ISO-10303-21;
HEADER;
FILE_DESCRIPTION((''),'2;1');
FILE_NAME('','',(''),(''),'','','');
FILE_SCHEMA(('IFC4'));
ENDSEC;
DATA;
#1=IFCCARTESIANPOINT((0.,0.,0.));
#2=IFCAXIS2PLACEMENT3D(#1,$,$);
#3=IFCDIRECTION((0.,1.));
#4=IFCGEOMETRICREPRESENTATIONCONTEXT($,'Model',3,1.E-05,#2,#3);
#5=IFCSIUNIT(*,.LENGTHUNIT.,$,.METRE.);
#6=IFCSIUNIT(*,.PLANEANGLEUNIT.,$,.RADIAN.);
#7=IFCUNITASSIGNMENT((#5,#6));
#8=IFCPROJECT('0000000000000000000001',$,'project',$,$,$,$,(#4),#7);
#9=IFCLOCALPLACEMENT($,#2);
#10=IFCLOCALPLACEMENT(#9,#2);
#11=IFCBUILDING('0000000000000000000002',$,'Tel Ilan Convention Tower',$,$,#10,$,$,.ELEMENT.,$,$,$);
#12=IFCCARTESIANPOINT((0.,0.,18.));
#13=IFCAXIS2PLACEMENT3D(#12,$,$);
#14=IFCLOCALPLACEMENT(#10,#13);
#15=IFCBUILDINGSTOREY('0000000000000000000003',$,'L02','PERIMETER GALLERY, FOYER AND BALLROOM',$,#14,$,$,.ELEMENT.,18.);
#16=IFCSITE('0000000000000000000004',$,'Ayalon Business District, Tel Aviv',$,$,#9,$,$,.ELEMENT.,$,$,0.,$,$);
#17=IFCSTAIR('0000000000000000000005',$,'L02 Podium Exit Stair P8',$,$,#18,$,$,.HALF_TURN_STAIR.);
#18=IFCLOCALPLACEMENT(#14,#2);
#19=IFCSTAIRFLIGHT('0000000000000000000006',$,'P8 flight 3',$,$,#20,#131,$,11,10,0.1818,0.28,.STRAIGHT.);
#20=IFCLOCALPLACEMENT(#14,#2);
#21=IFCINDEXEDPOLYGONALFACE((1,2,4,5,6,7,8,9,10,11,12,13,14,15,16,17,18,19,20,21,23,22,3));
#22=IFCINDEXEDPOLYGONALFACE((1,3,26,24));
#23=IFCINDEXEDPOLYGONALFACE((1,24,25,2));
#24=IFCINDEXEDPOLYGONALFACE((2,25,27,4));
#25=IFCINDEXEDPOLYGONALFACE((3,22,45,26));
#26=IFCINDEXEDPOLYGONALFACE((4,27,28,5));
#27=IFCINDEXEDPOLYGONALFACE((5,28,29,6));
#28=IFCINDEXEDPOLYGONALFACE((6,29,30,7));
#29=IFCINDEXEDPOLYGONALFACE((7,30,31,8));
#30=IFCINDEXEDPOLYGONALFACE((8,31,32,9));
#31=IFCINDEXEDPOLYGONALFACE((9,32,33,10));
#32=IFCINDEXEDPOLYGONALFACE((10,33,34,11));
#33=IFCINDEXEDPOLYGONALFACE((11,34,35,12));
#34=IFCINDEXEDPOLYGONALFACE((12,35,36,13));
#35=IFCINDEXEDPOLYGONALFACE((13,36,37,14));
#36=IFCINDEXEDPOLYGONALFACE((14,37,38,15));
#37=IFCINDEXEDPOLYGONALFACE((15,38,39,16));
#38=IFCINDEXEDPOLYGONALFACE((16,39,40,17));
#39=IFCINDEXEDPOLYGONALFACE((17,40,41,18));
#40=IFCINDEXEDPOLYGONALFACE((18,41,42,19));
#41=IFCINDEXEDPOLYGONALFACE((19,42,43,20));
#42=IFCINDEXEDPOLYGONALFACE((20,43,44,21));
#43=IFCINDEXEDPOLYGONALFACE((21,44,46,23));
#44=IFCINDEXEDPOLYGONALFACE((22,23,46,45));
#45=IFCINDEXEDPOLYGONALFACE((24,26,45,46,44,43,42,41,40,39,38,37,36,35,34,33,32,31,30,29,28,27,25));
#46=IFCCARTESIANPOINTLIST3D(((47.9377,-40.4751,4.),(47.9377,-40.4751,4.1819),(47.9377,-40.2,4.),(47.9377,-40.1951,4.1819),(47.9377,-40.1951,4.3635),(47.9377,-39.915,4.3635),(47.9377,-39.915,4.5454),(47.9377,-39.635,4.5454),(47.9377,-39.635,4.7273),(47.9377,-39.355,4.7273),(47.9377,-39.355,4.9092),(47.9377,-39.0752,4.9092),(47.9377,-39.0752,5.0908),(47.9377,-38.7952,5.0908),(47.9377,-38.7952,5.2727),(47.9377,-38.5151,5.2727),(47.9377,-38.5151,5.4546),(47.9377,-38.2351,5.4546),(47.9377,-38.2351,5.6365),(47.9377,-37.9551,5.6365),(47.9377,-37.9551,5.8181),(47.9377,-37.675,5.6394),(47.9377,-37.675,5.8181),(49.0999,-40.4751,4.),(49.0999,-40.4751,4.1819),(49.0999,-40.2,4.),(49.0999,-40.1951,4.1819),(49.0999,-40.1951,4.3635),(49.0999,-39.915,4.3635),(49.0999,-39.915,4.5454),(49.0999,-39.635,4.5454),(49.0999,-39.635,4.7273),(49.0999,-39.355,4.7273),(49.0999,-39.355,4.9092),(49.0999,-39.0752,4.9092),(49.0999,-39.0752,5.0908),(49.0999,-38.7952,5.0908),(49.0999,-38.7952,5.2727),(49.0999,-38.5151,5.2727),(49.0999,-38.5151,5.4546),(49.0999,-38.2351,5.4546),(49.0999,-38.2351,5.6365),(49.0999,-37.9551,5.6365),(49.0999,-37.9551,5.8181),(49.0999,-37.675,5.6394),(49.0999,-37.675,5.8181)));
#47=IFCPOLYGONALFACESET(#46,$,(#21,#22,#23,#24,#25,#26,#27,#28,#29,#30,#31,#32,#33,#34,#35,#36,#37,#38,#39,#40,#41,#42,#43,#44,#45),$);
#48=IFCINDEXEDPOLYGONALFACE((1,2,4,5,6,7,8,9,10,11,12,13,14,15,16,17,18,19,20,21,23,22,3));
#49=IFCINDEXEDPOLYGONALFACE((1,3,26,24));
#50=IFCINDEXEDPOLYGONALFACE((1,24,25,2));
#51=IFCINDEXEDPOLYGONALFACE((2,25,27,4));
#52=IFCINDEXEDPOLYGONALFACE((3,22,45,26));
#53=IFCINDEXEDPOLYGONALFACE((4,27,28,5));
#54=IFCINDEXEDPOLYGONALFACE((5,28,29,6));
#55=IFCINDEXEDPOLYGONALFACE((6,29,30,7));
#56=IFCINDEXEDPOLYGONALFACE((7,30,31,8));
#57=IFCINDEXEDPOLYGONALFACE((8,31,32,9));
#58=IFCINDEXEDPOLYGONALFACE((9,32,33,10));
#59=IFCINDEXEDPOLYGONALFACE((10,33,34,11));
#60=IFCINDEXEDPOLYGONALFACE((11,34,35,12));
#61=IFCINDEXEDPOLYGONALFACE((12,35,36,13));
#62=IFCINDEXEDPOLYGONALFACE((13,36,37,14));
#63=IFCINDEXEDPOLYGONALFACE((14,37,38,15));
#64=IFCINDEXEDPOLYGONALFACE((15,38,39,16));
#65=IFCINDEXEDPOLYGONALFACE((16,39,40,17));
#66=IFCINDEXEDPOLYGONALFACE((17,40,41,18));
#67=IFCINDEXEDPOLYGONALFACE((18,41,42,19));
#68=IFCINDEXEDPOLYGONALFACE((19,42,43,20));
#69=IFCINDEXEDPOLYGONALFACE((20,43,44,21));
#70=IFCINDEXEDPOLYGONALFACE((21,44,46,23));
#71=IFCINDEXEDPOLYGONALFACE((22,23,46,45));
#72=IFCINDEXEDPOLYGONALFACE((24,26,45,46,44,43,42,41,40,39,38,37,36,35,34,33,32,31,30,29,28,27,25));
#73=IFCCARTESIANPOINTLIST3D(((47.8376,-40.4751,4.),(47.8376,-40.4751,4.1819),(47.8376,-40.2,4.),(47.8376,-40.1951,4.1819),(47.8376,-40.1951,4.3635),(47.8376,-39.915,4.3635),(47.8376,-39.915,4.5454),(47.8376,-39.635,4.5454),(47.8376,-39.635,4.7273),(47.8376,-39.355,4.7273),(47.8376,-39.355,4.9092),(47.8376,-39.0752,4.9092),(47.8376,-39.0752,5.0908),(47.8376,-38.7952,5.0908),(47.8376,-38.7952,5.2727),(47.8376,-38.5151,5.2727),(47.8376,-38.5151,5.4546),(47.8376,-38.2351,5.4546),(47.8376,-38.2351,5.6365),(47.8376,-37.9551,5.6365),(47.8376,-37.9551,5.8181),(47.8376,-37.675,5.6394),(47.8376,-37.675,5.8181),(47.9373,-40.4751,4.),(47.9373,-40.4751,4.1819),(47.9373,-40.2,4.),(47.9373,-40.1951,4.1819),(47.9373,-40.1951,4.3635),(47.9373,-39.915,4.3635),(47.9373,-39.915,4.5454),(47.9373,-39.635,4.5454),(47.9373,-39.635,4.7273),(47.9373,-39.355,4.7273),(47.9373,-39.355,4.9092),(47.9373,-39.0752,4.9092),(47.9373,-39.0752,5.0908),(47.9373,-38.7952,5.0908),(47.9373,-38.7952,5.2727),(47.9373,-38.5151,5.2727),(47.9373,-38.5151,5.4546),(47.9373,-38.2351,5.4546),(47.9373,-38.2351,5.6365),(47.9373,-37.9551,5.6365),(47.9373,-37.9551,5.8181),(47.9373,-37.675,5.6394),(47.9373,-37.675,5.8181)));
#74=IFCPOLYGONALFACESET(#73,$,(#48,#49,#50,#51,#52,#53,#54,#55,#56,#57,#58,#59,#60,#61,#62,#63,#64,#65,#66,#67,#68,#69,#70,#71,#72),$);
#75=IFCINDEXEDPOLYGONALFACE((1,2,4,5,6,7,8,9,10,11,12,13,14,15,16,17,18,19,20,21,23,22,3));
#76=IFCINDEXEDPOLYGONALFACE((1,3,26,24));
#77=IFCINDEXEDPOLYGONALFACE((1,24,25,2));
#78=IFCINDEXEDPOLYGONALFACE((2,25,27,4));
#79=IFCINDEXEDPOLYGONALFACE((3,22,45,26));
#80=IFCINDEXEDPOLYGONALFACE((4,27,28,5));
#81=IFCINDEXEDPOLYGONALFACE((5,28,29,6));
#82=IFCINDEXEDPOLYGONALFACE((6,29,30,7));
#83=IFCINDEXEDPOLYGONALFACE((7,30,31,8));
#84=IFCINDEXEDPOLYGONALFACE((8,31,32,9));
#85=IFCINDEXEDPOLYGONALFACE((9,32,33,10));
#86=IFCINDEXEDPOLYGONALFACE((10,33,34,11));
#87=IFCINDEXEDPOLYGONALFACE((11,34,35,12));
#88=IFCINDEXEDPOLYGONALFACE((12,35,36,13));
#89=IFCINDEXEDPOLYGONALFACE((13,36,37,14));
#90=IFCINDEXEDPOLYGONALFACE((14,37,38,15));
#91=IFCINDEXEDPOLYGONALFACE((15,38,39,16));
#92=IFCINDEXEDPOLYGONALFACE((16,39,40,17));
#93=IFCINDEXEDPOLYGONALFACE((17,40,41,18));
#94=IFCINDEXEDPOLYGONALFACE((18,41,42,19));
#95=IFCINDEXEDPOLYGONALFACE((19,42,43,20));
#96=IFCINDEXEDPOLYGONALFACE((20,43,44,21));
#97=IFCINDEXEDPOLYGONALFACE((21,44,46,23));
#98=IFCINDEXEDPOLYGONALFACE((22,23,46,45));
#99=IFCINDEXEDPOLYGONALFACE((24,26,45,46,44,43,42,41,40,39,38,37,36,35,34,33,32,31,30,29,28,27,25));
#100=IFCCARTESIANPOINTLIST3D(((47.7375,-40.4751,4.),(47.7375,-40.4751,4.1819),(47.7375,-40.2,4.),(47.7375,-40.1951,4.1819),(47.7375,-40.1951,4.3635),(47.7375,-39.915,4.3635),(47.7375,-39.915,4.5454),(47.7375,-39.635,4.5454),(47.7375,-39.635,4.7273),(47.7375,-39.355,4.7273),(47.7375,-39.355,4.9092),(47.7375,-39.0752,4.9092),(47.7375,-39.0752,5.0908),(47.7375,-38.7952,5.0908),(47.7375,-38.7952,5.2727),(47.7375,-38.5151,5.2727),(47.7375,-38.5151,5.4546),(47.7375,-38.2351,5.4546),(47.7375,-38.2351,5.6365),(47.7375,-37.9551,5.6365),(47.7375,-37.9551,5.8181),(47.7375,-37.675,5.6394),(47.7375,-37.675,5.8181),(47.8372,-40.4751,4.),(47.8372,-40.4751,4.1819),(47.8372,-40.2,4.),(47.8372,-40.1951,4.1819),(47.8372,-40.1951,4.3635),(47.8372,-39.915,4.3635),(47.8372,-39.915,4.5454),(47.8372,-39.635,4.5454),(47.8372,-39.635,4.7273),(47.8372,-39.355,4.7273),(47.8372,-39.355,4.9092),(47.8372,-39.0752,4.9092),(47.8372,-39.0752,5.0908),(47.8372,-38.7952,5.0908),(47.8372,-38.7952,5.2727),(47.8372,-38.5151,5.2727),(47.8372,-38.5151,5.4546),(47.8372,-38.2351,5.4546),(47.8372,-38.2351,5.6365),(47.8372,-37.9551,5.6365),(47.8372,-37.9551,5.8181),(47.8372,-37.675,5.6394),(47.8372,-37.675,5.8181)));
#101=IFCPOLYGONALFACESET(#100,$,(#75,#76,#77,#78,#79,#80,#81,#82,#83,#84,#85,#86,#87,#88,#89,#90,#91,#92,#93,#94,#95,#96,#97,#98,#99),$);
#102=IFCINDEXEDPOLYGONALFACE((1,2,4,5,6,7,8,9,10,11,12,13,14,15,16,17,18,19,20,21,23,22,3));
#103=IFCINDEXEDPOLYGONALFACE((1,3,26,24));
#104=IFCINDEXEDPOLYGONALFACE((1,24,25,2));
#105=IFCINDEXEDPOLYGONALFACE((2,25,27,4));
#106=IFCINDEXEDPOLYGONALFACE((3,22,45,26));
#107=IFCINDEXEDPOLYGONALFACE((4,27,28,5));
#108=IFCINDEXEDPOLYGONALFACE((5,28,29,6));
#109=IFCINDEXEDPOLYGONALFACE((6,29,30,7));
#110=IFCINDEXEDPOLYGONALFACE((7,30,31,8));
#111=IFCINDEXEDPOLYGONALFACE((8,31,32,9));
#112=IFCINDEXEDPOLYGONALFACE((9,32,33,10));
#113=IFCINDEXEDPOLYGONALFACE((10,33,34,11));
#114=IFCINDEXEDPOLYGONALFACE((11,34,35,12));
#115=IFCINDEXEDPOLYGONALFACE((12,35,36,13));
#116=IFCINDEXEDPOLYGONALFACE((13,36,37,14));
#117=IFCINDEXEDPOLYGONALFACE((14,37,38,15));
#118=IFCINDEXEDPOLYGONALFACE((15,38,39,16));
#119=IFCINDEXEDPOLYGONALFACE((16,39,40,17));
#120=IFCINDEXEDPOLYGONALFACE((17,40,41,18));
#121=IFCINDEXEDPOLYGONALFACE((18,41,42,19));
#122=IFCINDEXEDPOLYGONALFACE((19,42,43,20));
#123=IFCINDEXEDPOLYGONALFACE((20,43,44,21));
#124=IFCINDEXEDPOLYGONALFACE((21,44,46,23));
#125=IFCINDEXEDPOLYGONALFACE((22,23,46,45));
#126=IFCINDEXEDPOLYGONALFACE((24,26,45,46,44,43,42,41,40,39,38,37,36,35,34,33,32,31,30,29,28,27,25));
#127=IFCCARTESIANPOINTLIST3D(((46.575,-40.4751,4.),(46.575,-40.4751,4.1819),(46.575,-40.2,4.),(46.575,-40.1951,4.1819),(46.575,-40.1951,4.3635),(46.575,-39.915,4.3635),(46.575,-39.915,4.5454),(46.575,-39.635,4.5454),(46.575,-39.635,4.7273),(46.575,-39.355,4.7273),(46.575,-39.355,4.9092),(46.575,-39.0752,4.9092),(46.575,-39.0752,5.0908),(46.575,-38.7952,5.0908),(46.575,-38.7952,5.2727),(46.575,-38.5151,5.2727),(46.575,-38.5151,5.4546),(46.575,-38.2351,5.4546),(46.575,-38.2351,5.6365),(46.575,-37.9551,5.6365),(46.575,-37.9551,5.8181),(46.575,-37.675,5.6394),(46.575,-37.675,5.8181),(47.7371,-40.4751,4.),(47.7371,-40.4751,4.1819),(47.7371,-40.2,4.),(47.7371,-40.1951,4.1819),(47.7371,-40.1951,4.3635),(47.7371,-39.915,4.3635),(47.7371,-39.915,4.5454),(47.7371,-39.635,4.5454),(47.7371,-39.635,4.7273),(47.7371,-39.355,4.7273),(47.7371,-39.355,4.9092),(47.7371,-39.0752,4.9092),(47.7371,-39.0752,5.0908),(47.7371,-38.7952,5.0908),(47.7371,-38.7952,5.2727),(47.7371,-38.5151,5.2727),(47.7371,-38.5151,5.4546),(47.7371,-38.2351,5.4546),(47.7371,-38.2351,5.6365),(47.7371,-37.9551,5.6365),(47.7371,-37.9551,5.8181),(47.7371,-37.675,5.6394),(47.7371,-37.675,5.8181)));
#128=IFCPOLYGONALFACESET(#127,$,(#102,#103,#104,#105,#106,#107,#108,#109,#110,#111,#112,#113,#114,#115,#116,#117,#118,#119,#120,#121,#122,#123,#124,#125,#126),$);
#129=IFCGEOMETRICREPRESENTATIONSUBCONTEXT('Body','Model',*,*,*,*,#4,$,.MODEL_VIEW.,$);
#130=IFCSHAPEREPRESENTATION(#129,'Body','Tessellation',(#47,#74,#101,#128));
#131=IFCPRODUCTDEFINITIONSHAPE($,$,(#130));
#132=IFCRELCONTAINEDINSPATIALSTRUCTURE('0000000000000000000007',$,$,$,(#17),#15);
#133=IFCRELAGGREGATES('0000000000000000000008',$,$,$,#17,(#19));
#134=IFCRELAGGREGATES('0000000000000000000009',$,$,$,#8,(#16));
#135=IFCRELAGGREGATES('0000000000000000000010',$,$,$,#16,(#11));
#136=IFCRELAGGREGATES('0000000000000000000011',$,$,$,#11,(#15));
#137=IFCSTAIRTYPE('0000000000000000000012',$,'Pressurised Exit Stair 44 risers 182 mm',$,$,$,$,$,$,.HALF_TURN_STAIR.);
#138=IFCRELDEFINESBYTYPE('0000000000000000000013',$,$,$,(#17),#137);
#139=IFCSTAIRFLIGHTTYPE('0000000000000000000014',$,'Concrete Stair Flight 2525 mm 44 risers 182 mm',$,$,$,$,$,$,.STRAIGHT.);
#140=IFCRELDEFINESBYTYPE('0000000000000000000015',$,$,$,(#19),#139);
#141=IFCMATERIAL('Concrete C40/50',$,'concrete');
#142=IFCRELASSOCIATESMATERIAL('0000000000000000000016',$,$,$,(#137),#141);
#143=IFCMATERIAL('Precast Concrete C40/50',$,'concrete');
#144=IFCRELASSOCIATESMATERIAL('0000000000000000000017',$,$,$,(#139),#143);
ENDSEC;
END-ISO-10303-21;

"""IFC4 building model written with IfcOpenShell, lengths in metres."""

from ifc_helpers import new_model, si_unit, direction, frame, origin, place, context, subcontext, project, spatial, polyline, outline, extrude, material, type_object, element, aggregate, save


model = new_model("IFC4")

# Units and contexts
model_context = context("Model", 3, precision=1e-05, world=origin(), true_north=direction((0.0, 1.0)))
body_context = subcontext(model_context, "Body", "Model", "MODEL_VIEW")
ifc_project = project(units=[si_unit("LENGTHUNIT", "METRE"), si_unit("PLANEANGLEUNIT", "RADIAN")], contexts=[model_context])

# Site, building, storey
site_placement = place(None, origin())
site = spatial("IfcSite", under=ifc_project, at=site_placement, Name="Ayalon Business District, Tel Aviv", CompositionType="ELEMENT", RefElevation=0.0)
building_placement = place(site_placement, origin())
building = spatial("IfcBuilding", under=site, at=building_placement, Name="Tel Ilan Convention Tower", CompositionType="ELEMENT")
storey_placement = place(building_placement, frame((0.0, 0.0, 18.0)))
storey = spatial("IfcBuildingStorey", under=building, at=storey_placement, Name="L02", Description="PERIMETER GALLERY, FOYER AND BALLROOM", CompositionType="ELEMENT", Elevation=18.0)

# Stair, stair flight
ifc_material_1 = material(Name="Concrete C40/50", Category="concrete")
stair_type = type_object("IfcStairType", Name="Pressurised Exit Stair 44 risers 182 mm", PredefinedType="HALF_TURN_STAIR", material=ifc_material_1)
ifc_material_2 = material(Name="Precast Concrete C40/50", Category="concrete")
stair_flight_type = type_object("IfcStairFlightType", Name="Concrete Stair Flight 2525 mm 44 risers 182 mm", PredefinedType="STRAIGHT", material=ifc_material_2)
stair_1_placement = place(storey_placement, origin())
stair_1 = element("IfcStair", 1, at=stair_1_placement, inside=storey, type_object=stair_type, Name="L02 Podium Exit Stair P8", PredefinedType="HALF_TURN_STAIR")
stair_flight_1_placement = place(storey_placement, frame((47.8374, -40.4751, 4.0), z_axis=(0.0, 0.0, 1.0), x_axis=(0.0, 1.0, 0.0)))
stair_flight_1 = element("IfcStairFlight", 2, at=stair_flight_1_placement, type_object=stair_flight_type, Name="P8 flight 3", NumberOfRisers=11, NumberOfTreads=10, PredefinedType="STRAIGHT", RiserHeight=0.1818, TreadLength=0.28, context=body_context, shape_type="SweptSolid", body=[
    extrude(outline(polyline([(0.0, 0.0), (0.0, 0.1819), (0.28, 0.1819), (0.28, 0.3635), (0.5601, 0.3635), (0.5601, 0.5454), (0.8401, 0.5454), (0.8401, 0.7273), (1.1201, 0.7273), (1.1201, 0.9092), (1.3999, 0.9092), (1.3999, 1.0908), (1.6799, 1.0908), (1.6799, 1.2727), (1.96, 1.2727), (1.96, 1.4546), (2.24, 1.4546), (2.24, 1.6365), (2.52, 1.6365), (2.52, 1.8181), (2.8, 1.8181), (2.8, 2.0), (2.8, 1.6394), (0.2751, 0.0), (0.0, 0.0)])), frame((0.0, -0.1003, 0.0), z_axis=(0.0, -1.0, 0.0), x_axis=(1.0, 0.0, 0.0)), (0.0, 0.0, 1.0), 1.1621),
    extrude(outline(polyline([(0.0, 0.0), (0.0, 0.1819), (0.28, 0.1819), (0.28, 0.3635), (0.5601, 0.3635), (0.5601, 0.5454), (0.8401, 0.5454), (0.8401, 0.7273), (1.1201, 0.7273), (1.1201, 0.9092), (1.3999, 0.9092), (1.3999, 1.0908), (1.6799, 1.0908), (1.6799, 1.2727), (1.96, 1.2727), (1.96, 1.4546), (2.24, 1.4546), (2.24, 1.6365), (2.52, 1.6365), (2.52, 1.8181), (2.8, 1.8181), (2.8, 2.0), (2.8, 1.6394), (0.2751, 0.0), (0.0, 0.0)])), frame((0.0, -0.0002, 0.0), z_axis=(0.0, -1.0, 0.0), x_axis=(1.0, 0.0, 0.0)), (0.0, 0.0, 1.0), 0.0996),
    extrude(outline(polyline([(0.0, 0.0), (0.0, 0.1819), (0.28, 0.1819), (0.28, 0.3635), (0.5601, 0.3635), (0.5601, 0.5454), (0.8401, 0.5454), (0.8401, 0.7273), (1.1201, 0.7273), (1.1201, 0.9092), (1.3999, 0.9092), (1.3999, 1.0908), (1.6799, 1.0908), (1.6799, 1.2727), (1.96, 1.2727), (1.96, 1.4546), (2.24, 1.4546), (2.24, 1.6365), (2.52, 1.6365), (2.52, 1.8181), (2.8, 1.8181), (2.8, 2.0), (2.8, 1.6394), (0.2751, 0.0), (0.0, 0.0)])), frame((0.0, 0.0999, 0.0), z_axis=(0.0, -1.0, 0.0), x_axis=(1.0, 0.0, 0.0)), (0.0, 0.0, 1.0), 0.0996),
    extrude(outline(polyline([(0.0, 0.0), (0.0, 0.1819), (0.28, 0.1819), (0.28, 0.3635), (0.5601, 0.3635), (0.5601, 0.5454), (0.8401, 0.5454), (0.8401, 0.7273), (1.1201, 0.7273), (1.1201, 0.9092), (1.3999, 0.9092), (1.3999, 1.0908), (1.6799, 1.0908), (1.6799, 1.2727), (1.96, 1.2727), (1.96, 1.4546), (2.24, 1.4546), (2.24, 1.6365), (2.52, 1.6365), (2.52, 1.8181), (2.8, 1.8181), (2.8, 2.0), (2.8, 1.6394), (0.2751, 0.0), (0.0, 0.0)])), frame((0.0, 1.2625, 0.0), z_axis=(0.0, -1.0, 0.0), x_axis=(1.0, 0.0, 0.0)), (0.0, 0.0, 1.0), 1.1621),
])
aggregate(stair_1, [stair_flight_1])

save(model, "model.ifc")
